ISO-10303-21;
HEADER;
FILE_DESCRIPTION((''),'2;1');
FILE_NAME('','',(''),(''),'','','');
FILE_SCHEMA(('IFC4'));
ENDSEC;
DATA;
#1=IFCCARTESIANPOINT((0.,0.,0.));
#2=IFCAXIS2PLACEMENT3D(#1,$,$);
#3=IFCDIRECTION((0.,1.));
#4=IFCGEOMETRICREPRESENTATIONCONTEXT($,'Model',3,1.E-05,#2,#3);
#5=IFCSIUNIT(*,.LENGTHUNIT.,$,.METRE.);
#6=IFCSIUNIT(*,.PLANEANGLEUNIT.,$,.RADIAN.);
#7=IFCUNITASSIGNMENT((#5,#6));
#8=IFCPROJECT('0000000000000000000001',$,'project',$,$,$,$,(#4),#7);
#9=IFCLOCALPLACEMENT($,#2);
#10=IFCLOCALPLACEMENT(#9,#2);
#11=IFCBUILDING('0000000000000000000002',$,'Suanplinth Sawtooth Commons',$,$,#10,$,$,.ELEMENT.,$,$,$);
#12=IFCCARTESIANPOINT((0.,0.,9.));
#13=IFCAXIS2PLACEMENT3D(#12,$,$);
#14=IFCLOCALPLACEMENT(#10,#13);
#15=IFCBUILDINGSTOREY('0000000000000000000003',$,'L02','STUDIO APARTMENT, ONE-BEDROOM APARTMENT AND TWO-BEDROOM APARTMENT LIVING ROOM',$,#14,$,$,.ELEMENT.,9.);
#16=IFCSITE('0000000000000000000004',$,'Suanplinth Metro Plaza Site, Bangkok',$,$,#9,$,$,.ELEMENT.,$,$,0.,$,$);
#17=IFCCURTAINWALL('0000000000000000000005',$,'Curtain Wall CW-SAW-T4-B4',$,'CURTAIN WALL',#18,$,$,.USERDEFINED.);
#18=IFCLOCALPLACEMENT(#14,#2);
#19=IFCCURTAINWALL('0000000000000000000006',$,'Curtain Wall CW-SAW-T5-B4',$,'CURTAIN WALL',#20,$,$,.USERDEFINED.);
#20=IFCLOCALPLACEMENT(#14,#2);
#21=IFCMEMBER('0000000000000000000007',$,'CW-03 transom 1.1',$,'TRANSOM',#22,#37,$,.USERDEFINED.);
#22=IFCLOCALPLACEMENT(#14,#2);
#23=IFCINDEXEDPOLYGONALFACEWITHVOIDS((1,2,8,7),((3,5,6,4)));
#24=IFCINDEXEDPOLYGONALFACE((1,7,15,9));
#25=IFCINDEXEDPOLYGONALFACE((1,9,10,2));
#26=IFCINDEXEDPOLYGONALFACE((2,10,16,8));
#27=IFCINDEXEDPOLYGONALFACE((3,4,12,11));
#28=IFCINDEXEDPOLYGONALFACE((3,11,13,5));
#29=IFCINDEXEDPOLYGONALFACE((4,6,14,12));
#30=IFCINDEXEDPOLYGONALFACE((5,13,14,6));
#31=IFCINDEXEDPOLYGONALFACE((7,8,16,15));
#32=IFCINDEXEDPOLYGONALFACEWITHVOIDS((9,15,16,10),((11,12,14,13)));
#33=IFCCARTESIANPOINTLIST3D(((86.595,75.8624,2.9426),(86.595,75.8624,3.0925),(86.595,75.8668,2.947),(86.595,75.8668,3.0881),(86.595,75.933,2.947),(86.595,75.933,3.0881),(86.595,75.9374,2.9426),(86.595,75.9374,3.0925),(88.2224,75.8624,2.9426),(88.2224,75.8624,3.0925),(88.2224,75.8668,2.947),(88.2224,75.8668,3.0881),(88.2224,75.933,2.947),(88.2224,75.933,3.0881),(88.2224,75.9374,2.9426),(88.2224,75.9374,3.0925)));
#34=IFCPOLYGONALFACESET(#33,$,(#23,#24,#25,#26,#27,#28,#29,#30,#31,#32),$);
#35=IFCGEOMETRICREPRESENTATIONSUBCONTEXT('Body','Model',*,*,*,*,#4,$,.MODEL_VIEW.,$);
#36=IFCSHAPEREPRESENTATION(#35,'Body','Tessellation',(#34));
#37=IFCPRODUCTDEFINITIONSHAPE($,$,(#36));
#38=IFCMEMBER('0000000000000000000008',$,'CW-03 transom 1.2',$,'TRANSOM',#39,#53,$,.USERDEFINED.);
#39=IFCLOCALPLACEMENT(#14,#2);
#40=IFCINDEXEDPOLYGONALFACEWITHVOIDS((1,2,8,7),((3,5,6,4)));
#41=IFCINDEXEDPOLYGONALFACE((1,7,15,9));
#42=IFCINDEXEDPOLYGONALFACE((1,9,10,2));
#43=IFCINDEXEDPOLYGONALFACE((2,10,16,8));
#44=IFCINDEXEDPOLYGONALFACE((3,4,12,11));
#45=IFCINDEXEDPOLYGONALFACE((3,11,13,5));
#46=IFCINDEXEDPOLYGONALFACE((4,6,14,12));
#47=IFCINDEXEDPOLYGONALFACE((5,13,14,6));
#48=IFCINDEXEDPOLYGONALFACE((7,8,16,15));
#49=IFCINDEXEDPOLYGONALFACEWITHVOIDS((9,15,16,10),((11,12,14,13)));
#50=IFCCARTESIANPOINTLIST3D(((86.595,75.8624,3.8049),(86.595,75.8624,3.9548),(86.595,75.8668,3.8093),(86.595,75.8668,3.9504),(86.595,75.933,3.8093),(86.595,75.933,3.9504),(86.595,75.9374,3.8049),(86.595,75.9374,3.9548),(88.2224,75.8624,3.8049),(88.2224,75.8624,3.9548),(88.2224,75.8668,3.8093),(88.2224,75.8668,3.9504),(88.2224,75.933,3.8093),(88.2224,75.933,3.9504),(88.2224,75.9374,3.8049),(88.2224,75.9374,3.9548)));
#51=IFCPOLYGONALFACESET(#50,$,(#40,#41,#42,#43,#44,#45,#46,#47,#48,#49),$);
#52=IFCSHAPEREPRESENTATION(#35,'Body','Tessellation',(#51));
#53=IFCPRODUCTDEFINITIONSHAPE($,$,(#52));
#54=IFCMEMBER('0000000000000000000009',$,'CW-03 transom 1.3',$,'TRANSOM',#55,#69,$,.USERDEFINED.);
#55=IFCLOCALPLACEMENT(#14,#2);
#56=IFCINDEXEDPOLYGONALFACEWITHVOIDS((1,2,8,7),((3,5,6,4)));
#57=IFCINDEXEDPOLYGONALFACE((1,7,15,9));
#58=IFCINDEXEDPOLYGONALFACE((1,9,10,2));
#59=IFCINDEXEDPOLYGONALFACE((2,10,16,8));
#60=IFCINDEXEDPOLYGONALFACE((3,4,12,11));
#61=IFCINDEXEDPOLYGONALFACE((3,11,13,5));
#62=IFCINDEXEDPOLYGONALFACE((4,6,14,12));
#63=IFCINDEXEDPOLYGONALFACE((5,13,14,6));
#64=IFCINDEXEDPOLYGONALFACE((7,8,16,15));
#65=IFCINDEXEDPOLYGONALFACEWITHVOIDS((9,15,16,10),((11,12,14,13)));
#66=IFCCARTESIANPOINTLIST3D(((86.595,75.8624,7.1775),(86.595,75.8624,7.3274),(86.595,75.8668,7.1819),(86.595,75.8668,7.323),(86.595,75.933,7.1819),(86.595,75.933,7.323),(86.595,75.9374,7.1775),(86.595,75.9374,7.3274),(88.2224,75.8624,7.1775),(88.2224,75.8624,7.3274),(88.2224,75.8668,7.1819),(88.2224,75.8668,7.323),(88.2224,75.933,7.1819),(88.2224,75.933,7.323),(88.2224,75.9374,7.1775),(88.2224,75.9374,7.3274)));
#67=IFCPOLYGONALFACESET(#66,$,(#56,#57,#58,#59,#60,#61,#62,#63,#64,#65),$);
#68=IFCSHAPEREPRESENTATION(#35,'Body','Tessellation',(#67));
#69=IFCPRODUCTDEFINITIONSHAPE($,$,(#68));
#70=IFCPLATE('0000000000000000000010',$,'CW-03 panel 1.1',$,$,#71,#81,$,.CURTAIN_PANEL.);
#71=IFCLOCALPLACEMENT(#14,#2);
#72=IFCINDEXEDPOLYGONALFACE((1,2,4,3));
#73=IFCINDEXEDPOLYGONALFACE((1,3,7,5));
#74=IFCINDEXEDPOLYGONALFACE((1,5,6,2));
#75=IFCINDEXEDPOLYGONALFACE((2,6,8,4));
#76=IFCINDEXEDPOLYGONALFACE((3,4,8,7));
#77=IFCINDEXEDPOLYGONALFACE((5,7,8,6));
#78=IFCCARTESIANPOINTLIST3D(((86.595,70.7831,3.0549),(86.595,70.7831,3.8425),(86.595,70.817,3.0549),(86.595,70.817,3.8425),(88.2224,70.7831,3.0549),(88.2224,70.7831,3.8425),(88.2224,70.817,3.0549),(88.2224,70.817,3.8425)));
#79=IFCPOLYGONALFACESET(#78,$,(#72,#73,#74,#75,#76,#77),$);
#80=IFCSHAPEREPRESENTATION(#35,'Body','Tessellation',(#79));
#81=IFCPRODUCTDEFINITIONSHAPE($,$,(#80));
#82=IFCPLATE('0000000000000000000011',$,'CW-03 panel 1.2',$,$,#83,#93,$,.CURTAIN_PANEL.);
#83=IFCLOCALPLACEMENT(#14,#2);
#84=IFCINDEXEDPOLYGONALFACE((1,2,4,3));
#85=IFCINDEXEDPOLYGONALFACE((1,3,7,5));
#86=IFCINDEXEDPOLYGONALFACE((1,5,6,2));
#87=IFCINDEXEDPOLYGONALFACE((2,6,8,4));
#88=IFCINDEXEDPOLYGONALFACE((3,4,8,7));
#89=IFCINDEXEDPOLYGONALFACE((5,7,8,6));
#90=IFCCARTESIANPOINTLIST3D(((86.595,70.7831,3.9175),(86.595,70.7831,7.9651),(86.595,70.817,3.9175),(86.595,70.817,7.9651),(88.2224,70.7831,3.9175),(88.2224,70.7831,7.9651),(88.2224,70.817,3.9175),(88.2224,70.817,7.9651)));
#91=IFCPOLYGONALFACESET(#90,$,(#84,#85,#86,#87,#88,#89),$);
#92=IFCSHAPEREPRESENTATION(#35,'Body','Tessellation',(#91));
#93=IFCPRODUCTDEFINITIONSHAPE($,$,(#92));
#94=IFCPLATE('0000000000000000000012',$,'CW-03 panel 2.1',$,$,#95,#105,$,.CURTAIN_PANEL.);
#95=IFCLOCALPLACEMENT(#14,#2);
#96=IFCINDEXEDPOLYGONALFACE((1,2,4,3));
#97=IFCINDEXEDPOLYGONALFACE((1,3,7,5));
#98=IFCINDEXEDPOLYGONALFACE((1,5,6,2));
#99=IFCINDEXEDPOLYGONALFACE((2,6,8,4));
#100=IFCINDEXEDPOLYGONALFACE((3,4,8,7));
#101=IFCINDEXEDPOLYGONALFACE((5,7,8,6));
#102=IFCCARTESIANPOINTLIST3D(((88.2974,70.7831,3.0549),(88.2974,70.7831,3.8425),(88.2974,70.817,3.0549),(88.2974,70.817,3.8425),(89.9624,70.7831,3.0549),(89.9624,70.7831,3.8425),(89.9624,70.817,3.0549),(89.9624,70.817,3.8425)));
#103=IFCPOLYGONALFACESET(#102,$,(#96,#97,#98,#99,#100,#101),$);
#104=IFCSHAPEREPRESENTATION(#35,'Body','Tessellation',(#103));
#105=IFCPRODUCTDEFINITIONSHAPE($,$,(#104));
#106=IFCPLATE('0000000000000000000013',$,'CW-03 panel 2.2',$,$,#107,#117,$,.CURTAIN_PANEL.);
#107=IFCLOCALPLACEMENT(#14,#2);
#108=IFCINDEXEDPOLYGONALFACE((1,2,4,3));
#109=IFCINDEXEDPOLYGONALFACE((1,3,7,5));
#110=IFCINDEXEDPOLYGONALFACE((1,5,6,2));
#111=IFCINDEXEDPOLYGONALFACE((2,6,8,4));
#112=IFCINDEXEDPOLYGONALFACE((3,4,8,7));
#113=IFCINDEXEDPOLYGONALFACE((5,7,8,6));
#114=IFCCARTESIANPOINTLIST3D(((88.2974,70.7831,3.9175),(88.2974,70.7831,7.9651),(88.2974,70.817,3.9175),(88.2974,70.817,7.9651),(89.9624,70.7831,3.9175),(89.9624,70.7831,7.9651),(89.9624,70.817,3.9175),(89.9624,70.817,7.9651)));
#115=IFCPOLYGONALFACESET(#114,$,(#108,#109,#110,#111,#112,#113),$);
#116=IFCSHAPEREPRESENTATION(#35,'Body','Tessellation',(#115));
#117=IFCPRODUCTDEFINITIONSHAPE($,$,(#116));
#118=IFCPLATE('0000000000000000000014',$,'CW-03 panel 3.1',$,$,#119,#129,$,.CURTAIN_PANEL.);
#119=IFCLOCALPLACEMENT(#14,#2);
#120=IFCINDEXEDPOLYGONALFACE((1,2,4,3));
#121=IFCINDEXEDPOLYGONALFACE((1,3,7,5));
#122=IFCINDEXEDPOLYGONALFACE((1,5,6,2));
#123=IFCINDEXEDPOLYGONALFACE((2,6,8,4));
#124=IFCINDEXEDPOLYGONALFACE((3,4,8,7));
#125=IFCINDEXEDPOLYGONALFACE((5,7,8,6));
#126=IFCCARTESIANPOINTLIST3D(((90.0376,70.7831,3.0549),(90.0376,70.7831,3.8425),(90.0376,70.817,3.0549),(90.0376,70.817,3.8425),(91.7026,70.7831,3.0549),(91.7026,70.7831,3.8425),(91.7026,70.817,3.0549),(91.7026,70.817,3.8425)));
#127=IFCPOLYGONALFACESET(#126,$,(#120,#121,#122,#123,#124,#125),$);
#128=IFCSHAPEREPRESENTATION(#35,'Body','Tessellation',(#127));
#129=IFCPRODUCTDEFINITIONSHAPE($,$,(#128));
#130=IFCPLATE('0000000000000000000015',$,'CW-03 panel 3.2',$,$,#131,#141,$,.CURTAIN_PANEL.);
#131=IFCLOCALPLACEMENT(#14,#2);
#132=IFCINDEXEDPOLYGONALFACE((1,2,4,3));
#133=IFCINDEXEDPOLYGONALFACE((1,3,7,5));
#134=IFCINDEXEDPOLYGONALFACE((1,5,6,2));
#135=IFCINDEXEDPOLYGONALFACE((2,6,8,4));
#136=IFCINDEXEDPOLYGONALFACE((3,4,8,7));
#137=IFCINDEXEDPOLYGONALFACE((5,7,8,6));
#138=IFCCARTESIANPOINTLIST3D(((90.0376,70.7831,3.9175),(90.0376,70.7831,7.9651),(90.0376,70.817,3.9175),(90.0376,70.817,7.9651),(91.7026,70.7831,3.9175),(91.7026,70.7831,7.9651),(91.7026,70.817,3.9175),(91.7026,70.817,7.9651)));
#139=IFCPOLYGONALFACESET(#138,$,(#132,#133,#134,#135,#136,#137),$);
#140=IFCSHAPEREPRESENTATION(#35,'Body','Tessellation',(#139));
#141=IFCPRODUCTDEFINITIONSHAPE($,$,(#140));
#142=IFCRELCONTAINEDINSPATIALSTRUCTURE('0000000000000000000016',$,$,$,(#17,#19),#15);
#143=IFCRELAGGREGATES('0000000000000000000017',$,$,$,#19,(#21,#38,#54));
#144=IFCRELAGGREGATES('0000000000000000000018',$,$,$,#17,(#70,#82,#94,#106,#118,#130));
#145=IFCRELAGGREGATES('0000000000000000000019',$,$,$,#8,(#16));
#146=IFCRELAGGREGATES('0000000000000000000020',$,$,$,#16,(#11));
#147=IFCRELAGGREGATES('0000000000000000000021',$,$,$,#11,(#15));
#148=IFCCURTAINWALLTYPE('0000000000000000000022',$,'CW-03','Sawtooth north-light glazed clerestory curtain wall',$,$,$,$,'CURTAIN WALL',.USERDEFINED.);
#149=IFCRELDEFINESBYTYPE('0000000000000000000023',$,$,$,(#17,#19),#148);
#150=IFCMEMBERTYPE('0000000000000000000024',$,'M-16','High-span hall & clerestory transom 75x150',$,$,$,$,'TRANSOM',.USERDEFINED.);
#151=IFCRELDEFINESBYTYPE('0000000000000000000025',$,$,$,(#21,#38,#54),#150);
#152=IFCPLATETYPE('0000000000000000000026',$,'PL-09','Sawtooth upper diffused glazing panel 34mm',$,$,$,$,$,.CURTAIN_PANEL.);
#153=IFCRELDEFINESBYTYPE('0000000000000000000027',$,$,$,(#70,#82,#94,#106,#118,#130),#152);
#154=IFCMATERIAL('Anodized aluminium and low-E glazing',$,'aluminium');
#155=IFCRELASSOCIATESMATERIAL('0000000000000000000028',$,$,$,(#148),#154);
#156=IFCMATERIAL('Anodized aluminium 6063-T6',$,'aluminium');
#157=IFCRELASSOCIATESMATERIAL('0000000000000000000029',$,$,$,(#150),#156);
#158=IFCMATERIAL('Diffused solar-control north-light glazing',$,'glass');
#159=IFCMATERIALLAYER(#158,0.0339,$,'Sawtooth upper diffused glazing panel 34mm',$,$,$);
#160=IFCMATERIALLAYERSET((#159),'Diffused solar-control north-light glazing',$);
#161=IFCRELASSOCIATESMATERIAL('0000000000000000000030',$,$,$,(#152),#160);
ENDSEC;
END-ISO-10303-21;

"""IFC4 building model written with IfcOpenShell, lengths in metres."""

from ifc_helpers import new_model, si_unit, direction, frame, origin, origin_2d, place, context, subcontext, project, spatial, rectangle, hollow_rectangle, extrude, material, layer, layer_set, material_profile, profile_set, type_object, element, aggregate, save


model = new_model("IFC4")

# Units and contexts
model_context = context("Model", 3, precision=1e-05, world=origin(), true_north=direction((0.0, 1.0)))
body_context = subcontext(model_context, "Body", "Model", "MODEL_VIEW")
ifc_project = project(units=[si_unit("LENGTHUNIT", "METRE"), si_unit("PLANEANGLEUNIT", "RADIAN")], contexts=[model_context])

# Site, building, storey
site_placement = place(None, origin())
site = spatial("IfcSite", under=ifc_project, at=site_placement, Name="Suanplinth Metro Plaza Site, Bangkok", CompositionType="ELEMENT", RefElevation=0.0)
building_placement = place(site_placement, origin())
building = spatial("IfcBuilding", under=site, at=building_placement, Name="Suanplinth Sawtooth Commons", CompositionType="ELEMENT")
storey_placement = place(building_placement, frame((0.0, 0.0, 9.0)))
storey = spatial("IfcBuildingStorey", under=building, at=storey_placement, Name="L02", Description="STUDIO APARTMENT, ONE-BEDROOM APARTMENT AND TWO-BEDROOM APARTMENT LIVING ROOM", CompositionType="ELEMENT", Elevation=9.0)

# Curtain wall
ifc_material_1 = material(Name="Anodized aluminium and low-E glazing", Category="aluminium")
curtain_wall_type = type_object("IfcCurtainWallType", Name="CW-03", Description="Sawtooth north-light glazed clerestory curtain wall", ElementType="CURTAIN WALL", PredefinedType="USERDEFINED", material=ifc_material_1)
curtain_wall_1_placement = place(storey_placement, origin())
curtain_wall_1 = element("IfcCurtainWall", 1, at=curtain_wall_1_placement, inside=storey, type_object=curtain_wall_type, Name="Curtain Wall CW-SAW-T4-B4", ObjectType="CURTAIN WALL", PredefinedType="USERDEFINED")
ifc_material_2 = material(Name="Anodized aluminium 6063-T6", Category="aluminium")

# Curtain wall
curtain_wall_2_placement = place(storey_placement, origin())
curtain_wall_2 = element("IfcCurtainWall", 2, at=curtain_wall_2_placement, inside=storey, type_object=curtain_wall_type, Name="Curtain Wall CW-SAW-T5-B4", ObjectType="CURTAIN WALL", PredefinedType="USERDEFINED")

# Members
ifc_material_profile_1 = material_profile(ifc_material_2, hollow_rectangle(XDim=0.075, YDim=0.1499, WallThickness=0.0044, at=origin_2d()), Name="ALU-TRN 75x150")
ifc_profile_set_1 = profile_set([ifc_material_profile_1], Name="Anodized aluminium 6063-T6")
member_type_1 = type_object("IfcMemberType", Name="M-16", Description="High-span hall & clerestory transom 75x150", ElementType="TRANSOM", PredefinedType="USERDEFINED", material=ifc_profile_set_1)
member_1_placement = place(storey_placement, frame((86.595, 75.8999, 3.0176), z_axis=(1.0, 0.0, 0.0), x_axis=(0.0, 1.0, 0.0)))
member_1 = element("IfcMember", 3, at=member_1_placement, type_object=member_type_1, Name="CW-03 transom 1.1", ObjectType="TRANSOM", PredefinedType="USERDEFINED", context=body_context, shape_type="SweptSolid", body=[
    extrude(hollow_rectangle(XDim=0.075, YDim=0.1499, WallThickness=0.0044, at=origin_2d()), origin(), (0.0, 0.0, 1.0), 1.6274),
])
member_2_placement = place(storey_placement, frame((86.595, 75.8999, 3.8799), z_axis=(1.0, 0.0, 0.0), x_axis=(0.0, 1.0, 0.0)))
member_2 = element("IfcMember", 4, at=member_2_placement, type_object=member_type_1, Name="CW-03 transom 1.2", ObjectType="TRANSOM", PredefinedType="USERDEFINED", context=body_context, shape_type="SweptSolid", body=[
    extrude(hollow_rectangle(XDim=0.075, YDim=0.1499, WallThickness=0.0044, at=origin_2d()), origin(), (0.0, 0.0, 1.0), 1.6274),
])
member_3_placement = place(storey_placement, frame((86.595, 75.8999, 7.2524), z_axis=(1.0, 0.0, 0.0), x_axis=(0.0, 1.0, 0.0)))
member_3 = element("IfcMember", 5, at=member_3_placement, type_object=member_type_1, Name="CW-03 transom 1.3", ObjectType="TRANSOM", PredefinedType="USERDEFINED", context=body_context, shape_type="SweptSolid", body=[
    extrude(hollow_rectangle(XDim=0.075, YDim=0.1499, WallThickness=0.0044, at=origin_2d()), origin(), (0.0, 0.0, 1.0), 1.6274),
])
aggregate(curtain_wall_2, [member_1, member_2, member_3])

# Plates
ifc_material_3 = material(Name="Diffused solar-control north-light glazing", Category="glass")
ifc_layer = layer(ifc_material_3, 0.0339, Name="Sawtooth upper diffused glazing panel 34mm")
ifc_layer_set = layer_set([ifc_layer], Name="Diffused solar-control north-light glazing")
plate_type = type_object("IfcPlateType", Name="PL-09", Description="Sawtooth upper diffused glazing panel 34mm", PredefinedType="CURTAIN_PANEL", material=ifc_layer_set)
plate_1_placement = place(storey_placement, frame((87.4087, 70.8, 3.0549), z_axis=(0.0, 0.0, 1.0), x_axis=(1.0, 0.0, 0.0)))
plate_1 = element("IfcPlate", 6, at=plate_1_placement, type_object=plate_type, Name="CW-03 panel 1.1", PredefinedType="CURTAIN_PANEL", context=body_context, shape_type="SweptSolid", body=[
    extrude(rectangle(XDim=1.6274, YDim=0.0339, at=origin_2d()), origin(), (0.0, 0.0, 1.0), 0.7876),
])
plate_2_placement = place(storey_placement, frame((87.4087, 70.8, 3.9175), z_axis=(0.0, 0.0, 1.0), x_axis=(1.0, 0.0, 0.0)))
plate_2 = element("IfcPlate", 7, at=plate_2_placement, type_object=plate_type, Name="CW-03 panel 1.2", PredefinedType="CURTAIN_PANEL", context=body_context, shape_type="SweptSolid", body=[
    extrude(rectangle(XDim=1.6274, YDim=0.0339, at=origin_2d()), origin(), (0.0, 0.0, 1.0), 4.0476),
])
plate_3_placement = place(storey_placement, frame((89.1299, 70.8, 3.0549), z_axis=(0.0, 0.0, 1.0), x_axis=(1.0, 0.0, 0.0)))
plate_3 = element("IfcPlate", 8, at=plate_3_placement, type_object=plate_type, Name="CW-03 panel 2.1", PredefinedType="CURTAIN_PANEL", context=body_context, shape_type="SweptSolid", body=[
    extrude(rectangle(XDim=1.665, YDim=0.0339, at=origin_2d()), origin(), (0.0, 0.0, 1.0), 0.7876),
])
plate_4_placement = place(storey_placement, frame((89.1299, 70.8, 3.9175), z_axis=(0.0, 0.0, 1.0), x_axis=(1.0, 0.0, 0.0)))
plate_4 = element("IfcPlate", 9, at=plate_4_placement, type_object=plate_type, Name="CW-03 panel 2.2", PredefinedType="CURTAIN_PANEL", context=body_context, shape_type="SweptSolid", body=[
    extrude(rectangle(XDim=1.665, YDim=0.0339, at=origin_2d()), origin(), (0.0, 0.0, 1.0), 4.0476),
])
plate_5_placement = place(storey_placement, frame((90.8701, 70.8, 3.0549), z_axis=(0.0, 0.0, 1.0), x_axis=(1.0, 0.0, 0.0)))
plate_5 = element("IfcPlate", 10, at=plate_5_placement, type_object=plate_type, Name="CW-03 panel 3.1", PredefinedType="CURTAIN_PANEL", context=body_context, shape_type="SweptSolid", body=[
    extrude(rectangle(XDim=1.665, YDim=0.0339, at=origin_2d()), origin(), (0.0, 0.0, 1.0), 0.7876),
])
plate_6_placement = place(storey_placement, frame((90.8701, 70.8, 3.9175), z_axis=(0.0, 0.0, 1.0), x_axis=(1.0, 0.0, 0.0)))
plate_6 = element("IfcPlate", 11, at=plate_6_placement, type_object=plate_type, Name="CW-03 panel 3.2", PredefinedType="CURTAIN_PANEL", context=body_context, shape_type="SweptSolid", body=[
    extrude(rectangle(XDim=1.665, YDim=0.0339, at=origin_2d()), origin(), (0.0, 0.0, 1.0), 4.0476),
])
aggregate(curtain_wall_1, [plate_1, plate_2, plate_3, plate_4, plate_5, plate_6])

save(model, "model.ifc")
